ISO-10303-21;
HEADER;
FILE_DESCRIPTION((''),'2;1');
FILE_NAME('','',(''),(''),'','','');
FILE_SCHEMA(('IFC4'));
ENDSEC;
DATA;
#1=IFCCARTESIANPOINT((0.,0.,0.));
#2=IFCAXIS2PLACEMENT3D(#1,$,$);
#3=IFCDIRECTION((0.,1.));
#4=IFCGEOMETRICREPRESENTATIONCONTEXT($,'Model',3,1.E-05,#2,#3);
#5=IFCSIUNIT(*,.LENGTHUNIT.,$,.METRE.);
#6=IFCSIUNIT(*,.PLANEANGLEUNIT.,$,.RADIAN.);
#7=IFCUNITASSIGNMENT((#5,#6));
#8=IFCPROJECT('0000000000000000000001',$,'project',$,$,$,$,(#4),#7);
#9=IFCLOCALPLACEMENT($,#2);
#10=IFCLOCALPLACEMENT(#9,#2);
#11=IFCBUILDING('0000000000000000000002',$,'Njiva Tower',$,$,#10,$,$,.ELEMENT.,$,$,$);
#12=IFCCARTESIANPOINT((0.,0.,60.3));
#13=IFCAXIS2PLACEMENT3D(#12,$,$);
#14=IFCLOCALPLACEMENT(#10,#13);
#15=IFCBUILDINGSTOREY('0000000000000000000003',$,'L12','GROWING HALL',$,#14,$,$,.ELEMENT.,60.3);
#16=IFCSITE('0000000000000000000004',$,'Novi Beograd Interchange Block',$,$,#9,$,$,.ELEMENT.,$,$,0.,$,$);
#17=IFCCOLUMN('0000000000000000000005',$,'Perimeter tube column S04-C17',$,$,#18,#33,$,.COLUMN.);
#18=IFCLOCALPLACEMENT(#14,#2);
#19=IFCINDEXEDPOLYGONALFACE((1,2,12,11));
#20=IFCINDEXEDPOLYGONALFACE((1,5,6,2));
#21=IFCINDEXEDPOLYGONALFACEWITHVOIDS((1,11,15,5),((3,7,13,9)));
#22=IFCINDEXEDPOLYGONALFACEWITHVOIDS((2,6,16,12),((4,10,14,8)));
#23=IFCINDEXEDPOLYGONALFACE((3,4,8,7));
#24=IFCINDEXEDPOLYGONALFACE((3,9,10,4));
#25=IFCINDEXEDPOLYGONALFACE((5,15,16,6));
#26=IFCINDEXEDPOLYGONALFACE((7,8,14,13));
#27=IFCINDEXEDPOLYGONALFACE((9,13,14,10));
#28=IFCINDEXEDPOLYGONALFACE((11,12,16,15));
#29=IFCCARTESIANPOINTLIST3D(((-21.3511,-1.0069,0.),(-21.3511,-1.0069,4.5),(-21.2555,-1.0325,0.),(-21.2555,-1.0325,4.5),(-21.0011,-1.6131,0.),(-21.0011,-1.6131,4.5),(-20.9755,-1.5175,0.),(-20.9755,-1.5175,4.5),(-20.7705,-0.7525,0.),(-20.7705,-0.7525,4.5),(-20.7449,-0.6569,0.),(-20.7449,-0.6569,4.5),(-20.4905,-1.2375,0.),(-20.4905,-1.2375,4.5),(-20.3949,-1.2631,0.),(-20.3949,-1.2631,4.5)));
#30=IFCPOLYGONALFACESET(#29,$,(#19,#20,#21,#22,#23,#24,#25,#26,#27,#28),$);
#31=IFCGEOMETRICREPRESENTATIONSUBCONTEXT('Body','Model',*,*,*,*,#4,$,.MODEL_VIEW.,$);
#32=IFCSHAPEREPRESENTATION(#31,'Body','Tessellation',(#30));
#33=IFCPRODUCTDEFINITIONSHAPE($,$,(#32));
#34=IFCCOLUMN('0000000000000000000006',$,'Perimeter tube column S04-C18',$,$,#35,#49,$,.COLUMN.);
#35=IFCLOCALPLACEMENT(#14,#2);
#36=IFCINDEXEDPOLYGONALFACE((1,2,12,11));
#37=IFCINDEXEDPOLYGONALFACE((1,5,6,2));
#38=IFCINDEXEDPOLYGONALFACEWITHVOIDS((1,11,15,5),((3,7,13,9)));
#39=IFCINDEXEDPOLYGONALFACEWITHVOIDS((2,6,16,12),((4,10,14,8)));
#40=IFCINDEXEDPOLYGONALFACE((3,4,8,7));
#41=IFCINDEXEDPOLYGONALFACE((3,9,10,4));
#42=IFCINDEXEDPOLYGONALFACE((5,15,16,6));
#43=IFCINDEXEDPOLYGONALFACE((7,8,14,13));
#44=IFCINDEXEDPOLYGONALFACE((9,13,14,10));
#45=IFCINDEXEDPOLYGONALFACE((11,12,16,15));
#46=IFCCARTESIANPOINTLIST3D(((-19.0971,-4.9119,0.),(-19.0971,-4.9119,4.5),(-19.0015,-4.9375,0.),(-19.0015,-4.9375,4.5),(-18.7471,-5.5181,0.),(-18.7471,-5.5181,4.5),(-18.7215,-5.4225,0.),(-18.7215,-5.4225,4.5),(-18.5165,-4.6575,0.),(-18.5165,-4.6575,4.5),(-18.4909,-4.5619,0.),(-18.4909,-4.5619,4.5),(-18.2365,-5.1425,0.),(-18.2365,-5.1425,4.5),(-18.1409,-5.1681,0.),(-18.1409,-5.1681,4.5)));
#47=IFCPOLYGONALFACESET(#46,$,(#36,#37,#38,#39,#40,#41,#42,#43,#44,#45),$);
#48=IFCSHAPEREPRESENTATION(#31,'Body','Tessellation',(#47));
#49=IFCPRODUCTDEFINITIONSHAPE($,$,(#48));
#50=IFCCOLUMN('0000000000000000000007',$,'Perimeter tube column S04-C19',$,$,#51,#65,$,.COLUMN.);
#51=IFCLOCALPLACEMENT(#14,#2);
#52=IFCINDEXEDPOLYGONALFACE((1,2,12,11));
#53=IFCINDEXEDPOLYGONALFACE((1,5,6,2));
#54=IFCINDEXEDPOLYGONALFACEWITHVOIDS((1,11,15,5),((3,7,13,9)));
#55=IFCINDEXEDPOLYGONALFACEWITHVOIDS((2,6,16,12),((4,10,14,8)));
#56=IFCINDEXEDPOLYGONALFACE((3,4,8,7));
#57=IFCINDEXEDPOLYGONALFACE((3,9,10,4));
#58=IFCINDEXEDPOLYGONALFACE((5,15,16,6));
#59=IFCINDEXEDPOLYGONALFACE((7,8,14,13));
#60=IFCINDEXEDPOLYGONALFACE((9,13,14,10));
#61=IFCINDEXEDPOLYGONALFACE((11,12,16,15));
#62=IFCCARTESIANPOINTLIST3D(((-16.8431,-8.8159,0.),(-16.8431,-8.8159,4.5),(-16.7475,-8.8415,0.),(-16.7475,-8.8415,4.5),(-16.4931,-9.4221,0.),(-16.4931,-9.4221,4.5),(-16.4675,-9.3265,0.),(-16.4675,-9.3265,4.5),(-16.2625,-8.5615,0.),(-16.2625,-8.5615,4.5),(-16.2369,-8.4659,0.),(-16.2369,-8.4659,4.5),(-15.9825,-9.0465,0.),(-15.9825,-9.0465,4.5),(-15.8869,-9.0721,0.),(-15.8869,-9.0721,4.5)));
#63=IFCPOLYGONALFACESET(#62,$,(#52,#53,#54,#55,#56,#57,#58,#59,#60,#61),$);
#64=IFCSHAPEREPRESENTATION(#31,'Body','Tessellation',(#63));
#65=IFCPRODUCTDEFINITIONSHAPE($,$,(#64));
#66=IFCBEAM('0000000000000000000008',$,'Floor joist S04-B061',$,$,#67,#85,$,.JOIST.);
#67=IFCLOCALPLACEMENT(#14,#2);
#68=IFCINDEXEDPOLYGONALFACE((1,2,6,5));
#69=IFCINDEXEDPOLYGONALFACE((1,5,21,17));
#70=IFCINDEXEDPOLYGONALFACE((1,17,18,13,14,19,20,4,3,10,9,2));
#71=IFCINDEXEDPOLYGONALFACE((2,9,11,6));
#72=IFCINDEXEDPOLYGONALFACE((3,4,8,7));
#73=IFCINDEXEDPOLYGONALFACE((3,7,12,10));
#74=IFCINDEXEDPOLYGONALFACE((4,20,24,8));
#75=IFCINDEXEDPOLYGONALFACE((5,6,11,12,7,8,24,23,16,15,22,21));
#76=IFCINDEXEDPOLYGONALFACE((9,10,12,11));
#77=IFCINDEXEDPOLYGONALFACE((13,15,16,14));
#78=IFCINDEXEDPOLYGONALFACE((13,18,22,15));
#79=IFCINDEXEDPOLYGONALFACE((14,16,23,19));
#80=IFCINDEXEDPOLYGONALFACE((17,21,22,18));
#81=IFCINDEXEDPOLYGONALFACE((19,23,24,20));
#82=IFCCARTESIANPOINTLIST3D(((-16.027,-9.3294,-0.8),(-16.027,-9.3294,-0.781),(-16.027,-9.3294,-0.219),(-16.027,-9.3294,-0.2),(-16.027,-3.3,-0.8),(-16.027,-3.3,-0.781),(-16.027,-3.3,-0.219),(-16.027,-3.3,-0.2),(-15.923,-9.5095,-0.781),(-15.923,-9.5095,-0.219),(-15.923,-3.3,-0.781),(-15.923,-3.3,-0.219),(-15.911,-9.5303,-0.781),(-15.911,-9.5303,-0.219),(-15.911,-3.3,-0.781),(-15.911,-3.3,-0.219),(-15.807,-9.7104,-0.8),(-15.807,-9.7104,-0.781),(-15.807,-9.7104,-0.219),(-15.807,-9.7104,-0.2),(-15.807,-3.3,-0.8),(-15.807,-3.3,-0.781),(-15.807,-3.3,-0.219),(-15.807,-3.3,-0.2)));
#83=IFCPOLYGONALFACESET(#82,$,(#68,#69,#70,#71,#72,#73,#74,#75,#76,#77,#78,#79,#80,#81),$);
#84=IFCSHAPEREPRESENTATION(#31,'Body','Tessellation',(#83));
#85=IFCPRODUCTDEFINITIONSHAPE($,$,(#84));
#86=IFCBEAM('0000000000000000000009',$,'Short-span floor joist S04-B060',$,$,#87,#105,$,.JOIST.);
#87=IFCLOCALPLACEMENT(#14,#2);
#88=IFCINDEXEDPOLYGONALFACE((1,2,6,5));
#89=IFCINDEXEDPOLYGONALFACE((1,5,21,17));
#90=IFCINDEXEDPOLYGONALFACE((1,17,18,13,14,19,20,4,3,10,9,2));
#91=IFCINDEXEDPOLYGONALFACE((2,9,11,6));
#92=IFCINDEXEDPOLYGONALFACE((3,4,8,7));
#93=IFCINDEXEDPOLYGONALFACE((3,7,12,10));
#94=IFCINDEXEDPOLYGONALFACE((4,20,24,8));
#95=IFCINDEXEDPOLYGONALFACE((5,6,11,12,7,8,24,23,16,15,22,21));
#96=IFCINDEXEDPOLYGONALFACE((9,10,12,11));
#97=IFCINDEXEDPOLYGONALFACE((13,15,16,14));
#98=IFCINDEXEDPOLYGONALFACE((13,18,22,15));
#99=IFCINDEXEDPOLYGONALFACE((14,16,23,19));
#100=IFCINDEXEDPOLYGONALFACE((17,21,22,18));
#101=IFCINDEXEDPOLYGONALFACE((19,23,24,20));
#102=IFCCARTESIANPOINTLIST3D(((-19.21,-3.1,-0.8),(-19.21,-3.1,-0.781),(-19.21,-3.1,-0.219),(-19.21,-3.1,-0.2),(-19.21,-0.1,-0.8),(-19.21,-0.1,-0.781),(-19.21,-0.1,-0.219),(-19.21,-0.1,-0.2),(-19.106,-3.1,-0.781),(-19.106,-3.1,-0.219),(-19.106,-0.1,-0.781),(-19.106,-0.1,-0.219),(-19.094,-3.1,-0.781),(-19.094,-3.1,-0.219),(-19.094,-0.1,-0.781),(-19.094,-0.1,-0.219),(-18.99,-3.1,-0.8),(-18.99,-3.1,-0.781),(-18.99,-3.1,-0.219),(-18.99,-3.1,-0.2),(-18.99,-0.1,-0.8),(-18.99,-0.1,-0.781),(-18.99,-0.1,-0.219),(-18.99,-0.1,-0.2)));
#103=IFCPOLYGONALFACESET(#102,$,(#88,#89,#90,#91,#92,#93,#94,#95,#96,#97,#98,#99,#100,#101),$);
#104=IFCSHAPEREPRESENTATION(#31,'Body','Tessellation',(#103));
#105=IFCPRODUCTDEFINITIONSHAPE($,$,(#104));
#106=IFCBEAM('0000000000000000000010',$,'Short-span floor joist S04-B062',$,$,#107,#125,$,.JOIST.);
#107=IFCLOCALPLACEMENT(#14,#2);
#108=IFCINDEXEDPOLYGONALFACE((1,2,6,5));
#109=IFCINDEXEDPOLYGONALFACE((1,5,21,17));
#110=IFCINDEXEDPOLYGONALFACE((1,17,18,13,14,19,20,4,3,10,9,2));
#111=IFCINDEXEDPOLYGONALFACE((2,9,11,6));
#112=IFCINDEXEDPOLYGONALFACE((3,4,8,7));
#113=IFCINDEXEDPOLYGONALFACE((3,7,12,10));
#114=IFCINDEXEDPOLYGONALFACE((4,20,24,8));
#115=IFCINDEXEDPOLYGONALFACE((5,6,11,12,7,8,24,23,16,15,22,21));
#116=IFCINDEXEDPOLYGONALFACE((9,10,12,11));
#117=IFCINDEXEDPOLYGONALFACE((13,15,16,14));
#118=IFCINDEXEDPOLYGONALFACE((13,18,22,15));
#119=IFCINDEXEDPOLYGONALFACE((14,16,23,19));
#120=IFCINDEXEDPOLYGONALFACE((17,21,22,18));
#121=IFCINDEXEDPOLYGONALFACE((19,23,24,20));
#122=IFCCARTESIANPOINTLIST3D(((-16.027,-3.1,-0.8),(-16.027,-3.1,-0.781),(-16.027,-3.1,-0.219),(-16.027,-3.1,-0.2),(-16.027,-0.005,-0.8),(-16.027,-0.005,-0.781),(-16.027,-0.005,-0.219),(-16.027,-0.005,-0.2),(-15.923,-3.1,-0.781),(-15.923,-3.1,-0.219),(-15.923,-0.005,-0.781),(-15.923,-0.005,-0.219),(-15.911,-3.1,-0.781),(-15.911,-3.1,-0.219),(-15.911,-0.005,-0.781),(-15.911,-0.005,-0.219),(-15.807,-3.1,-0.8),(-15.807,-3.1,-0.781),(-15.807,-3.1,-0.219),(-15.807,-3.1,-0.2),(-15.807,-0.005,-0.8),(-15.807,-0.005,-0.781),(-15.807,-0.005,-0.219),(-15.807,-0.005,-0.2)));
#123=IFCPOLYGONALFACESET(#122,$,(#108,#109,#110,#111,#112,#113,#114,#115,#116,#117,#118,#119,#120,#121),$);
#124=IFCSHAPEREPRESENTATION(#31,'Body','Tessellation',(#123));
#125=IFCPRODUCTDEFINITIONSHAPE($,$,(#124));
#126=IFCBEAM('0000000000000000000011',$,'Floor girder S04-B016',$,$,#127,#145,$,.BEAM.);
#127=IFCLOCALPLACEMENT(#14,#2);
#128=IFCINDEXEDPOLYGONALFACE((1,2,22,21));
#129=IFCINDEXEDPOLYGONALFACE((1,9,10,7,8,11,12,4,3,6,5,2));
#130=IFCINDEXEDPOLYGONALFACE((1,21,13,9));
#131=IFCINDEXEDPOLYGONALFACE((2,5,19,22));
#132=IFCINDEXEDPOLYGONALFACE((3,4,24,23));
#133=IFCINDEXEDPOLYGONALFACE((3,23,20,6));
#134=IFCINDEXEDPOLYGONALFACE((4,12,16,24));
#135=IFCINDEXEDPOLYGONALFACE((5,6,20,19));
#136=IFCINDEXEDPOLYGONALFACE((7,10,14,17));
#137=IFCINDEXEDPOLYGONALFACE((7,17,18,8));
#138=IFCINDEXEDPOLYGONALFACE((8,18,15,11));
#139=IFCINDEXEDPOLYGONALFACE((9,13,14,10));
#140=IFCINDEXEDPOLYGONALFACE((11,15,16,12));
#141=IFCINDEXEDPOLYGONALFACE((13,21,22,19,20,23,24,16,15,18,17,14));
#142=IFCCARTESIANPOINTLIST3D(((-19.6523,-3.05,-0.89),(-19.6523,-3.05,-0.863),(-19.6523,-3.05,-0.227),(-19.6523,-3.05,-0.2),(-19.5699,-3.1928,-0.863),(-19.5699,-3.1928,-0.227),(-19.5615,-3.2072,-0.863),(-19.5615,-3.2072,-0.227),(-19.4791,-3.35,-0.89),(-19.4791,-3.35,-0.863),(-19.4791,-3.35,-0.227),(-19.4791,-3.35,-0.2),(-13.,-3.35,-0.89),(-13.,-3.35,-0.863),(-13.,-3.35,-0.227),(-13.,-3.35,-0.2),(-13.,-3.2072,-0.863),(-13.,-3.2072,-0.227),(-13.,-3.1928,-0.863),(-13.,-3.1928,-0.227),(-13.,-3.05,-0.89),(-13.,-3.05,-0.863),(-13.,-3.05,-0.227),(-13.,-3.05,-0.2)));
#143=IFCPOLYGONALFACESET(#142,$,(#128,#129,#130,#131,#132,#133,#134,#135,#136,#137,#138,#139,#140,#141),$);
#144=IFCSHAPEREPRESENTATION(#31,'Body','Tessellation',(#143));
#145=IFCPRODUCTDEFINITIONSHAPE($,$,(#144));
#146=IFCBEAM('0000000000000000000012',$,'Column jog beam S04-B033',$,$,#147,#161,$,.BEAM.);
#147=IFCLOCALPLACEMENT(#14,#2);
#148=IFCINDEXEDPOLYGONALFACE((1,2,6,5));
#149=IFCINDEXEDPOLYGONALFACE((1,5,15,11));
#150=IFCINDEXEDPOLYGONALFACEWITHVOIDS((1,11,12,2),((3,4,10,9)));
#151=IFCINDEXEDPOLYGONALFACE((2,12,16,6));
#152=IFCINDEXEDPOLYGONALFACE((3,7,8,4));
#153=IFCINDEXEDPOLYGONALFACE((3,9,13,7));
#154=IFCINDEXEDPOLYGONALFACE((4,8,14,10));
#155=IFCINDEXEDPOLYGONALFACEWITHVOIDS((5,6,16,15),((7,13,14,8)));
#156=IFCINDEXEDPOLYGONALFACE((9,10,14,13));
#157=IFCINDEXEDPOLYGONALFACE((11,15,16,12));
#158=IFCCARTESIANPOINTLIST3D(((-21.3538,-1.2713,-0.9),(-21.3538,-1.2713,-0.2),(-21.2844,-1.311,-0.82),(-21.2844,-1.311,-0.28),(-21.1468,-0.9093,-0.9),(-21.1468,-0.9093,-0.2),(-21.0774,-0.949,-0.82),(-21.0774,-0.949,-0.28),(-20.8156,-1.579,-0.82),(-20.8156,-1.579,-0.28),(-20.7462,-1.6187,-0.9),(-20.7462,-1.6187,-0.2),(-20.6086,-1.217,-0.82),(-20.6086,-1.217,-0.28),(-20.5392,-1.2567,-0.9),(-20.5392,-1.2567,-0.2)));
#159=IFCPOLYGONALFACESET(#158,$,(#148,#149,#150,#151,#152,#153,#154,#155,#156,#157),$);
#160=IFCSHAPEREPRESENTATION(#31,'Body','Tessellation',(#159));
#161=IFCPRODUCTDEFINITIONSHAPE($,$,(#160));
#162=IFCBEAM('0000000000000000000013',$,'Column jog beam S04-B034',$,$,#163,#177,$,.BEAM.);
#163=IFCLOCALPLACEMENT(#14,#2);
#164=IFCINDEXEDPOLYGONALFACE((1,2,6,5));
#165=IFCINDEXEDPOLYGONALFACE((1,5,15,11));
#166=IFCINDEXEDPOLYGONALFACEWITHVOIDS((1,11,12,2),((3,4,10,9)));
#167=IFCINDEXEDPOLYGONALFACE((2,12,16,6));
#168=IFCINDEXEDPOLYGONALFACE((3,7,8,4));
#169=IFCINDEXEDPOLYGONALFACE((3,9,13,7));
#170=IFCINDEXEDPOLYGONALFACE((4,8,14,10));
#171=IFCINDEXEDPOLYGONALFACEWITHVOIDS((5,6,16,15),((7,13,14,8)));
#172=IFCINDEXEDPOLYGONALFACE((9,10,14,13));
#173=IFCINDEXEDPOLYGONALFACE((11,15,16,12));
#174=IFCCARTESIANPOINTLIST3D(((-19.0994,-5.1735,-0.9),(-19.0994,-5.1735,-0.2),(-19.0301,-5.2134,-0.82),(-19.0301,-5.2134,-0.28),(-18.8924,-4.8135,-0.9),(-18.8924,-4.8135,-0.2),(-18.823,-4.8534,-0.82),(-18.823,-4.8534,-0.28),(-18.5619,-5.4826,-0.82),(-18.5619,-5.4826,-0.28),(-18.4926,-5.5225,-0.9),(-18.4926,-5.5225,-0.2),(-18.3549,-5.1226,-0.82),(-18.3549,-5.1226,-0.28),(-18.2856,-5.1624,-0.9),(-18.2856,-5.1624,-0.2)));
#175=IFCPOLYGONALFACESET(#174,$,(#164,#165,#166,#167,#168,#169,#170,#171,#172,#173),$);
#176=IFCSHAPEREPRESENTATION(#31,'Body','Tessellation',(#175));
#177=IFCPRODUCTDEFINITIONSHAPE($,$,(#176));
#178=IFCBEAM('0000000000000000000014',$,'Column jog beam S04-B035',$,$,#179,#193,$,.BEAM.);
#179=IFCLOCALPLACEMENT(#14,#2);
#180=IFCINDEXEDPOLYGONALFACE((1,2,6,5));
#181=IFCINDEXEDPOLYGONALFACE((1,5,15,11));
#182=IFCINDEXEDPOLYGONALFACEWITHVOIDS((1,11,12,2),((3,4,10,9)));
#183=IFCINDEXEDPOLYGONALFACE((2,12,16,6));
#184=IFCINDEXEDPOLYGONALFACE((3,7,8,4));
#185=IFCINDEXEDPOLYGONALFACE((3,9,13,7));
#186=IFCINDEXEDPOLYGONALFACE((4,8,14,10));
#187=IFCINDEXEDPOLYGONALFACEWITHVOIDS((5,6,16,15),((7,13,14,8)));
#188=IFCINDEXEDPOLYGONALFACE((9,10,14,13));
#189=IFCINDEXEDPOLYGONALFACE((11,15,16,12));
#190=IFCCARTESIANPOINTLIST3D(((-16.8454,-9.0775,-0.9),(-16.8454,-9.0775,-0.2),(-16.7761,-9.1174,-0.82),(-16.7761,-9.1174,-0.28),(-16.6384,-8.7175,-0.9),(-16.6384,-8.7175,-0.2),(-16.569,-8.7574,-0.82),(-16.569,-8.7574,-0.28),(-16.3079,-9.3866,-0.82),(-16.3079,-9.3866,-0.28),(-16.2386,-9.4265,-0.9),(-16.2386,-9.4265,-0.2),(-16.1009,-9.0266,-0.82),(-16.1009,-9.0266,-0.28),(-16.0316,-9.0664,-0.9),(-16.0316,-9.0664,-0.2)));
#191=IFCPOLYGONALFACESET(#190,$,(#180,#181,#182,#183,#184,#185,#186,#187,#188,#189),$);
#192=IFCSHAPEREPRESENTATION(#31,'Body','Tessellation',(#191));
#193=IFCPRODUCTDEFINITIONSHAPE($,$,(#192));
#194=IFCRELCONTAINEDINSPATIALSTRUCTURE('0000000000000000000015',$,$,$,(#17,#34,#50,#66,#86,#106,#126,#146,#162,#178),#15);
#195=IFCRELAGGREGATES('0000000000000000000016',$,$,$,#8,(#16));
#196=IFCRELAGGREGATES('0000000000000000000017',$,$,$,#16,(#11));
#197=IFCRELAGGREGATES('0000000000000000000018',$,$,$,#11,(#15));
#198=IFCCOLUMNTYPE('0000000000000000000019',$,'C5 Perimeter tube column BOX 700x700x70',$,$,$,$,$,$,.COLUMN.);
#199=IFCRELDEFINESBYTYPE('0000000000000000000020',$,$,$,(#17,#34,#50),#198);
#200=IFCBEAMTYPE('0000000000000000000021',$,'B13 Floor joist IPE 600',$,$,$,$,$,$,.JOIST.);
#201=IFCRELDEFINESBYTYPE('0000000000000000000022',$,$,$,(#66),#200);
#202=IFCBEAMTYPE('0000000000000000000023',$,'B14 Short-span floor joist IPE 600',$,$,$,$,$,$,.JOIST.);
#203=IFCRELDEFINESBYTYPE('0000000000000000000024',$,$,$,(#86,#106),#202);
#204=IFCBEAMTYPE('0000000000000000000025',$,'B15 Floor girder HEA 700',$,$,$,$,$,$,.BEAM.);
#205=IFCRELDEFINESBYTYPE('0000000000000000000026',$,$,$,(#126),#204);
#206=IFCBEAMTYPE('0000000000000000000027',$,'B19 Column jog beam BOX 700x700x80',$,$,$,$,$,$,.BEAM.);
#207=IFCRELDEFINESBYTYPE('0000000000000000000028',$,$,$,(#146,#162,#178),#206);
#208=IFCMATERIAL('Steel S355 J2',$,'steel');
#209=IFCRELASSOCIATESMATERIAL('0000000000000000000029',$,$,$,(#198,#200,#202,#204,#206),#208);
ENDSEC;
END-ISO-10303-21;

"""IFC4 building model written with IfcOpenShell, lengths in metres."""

from ifc_helpers import new_model, si_unit, direction, frame, origin, origin_2d, place, context, subcontext, project, spatial, hollow_rectangle, i_section, extrude, clip, halfspace, material, material_profile, profile_set, type_object, element, save


model = new_model("IFC4")

# Units and contexts
model_context = context("Model", 3, precision=1e-05, world=origin(), true_north=direction((0.0, 1.0)))
body_context = subcontext(model_context, "Body", "Model", "MODEL_VIEW")
ifc_project = project(units=[si_unit("LENGTHUNIT", "METRE"), si_unit("PLANEANGLEUNIT", "RADIAN")], contexts=[model_context])

# Site, building, storey
site_placement = place(None, origin())
site = spatial("IfcSite", under=ifc_project, at=site_placement, Name="Novi Beograd Interchange Block", CompositionType="ELEMENT", RefElevation=0.0)
building_placement = place(site_placement, origin())
building = spatial("IfcBuilding", under=site, at=building_placement, Name="Njiva Tower", CompositionType="ELEMENT")
storey_placement = place(building_placement, frame((0.0, 0.0, 60.3)))
storey = spatial("IfcBuildingStorey", under=building, at=storey_placement, Name="L12", Description="GROWING HALL", CompositionType="ELEMENT", Elevation=60.3)

# Columns
ifc_material_1 = material(Name="Steel S355 J2", Category="steel")
ifc_material_profile_1 = material_profile(ifc_material_1, hollow_rectangle(XDim=0.7, YDim=0.7, WallThickness=0.07, at=origin_2d()), Name="BOX 700x700x70")
ifc_profile_set_1 = profile_set([ifc_material_profile_1], Name="Steel S355 J2")
column_type = type_object("IfcColumnType", Name="C5 Perimeter tube column BOX 700x700x70", PredefinedType="COLUMN", material=ifc_profile_set_1)
for number, where, z_axis, x_axis, name in (
    (1, (-20.873, -1.135, 0.0), (0.0, 0.0, 1.0), (0.5, -0.866025, 0.0), "Perimeter tube column S04-C17"),
    (2, (-18.619, -5.04, 0.0), (0.0, 0.0, 1.0), (0.5, -0.866025, 0.0), "Perimeter tube column S04-C18"),
    (3, (-16.365, -8.944, 0.0), (0.0, 0.0, 1.0), (0.5, -0.866025, 0.0), "Perimeter tube column S04-C19"),
):
    element("IfcColumn", number, at=place(storey_placement, frame(where, z_axis=z_axis, x_axis=x_axis)), inside=storey, type_object=column_type, Name=name, PredefinedType="COLUMN", context=body_context, shape_type="SweptSolid", body=[
        extrude(hollow_rectangle(XDim=0.7, YDim=0.7, WallThickness=0.07, at=origin_2d()), origin(), (0.0, 0.0, 1.0), 4.5),
    ])

# Beams
ifc_material_profile_2 = material_profile(ifc_material_1, i_section(OverallWidth=0.22, OverallDepth=0.6, WebThickness=0.012, FlangeThickness=0.019, at=origin_2d()), Name="IPE 600")
ifc_profile_set_2 = profile_set([ifc_material_profile_2], Name="Steel S355 J2")
beam_type_1 = type_object("IfcBeamType", Name="B13 Floor joist IPE 600", PredefinedType="JOIST", material=ifc_profile_set_2)
beam_1_placement = place(storey_placement, frame((-15.917, -3.3, -0.5), z_axis=(0.0, -1.0, 0.0), x_axis=(1.0, 0.0, 0.0)))
element("IfcBeam", 4, at=beam_1_placement, inside=storey, type_object=beam_type_1, Name="Floor joist S04-B061", PredefinedType="JOIST", context=body_context, shape_type="Clipping", body=[
    clip(extrude(i_section(OverallWidth=0.22, OverallDepth=0.6, WebThickness=0.012, FlangeThickness=0.019, at=origin_2d()), origin(), (0.0, 0.0, 1.0), 6.431), halfspace(frame((-0.043, 0.0, 6.1454), z_axis=(-0.866027, 0.0, 0.499998), x_axis=(0.0, 1.0, 0.0)), False)),
])
ifc_material_profile_3 = material_profile(ifc_material_1, i_section(OverallWidth=0.22, OverallDepth=0.6, WebThickness=0.012, FlangeThickness=0.019, at=origin_2d()), Name="IPE 600")
ifc_profile_set_3 = profile_set([ifc_material_profile_3], Name="Steel S355 J2")
beam_type_2 = type_object("IfcBeamType", Name="B14 Short-span floor joist IPE 600", PredefinedType="JOIST", material=ifc_profile_set_3)
beam_2_placement = place(storey_placement, frame((-19.1, -0.1, -0.5), z_axis=(0.0, -1.0, 0.0), x_axis=(1.0, 0.0, 0.0)))
element("IfcBeam", 5, at=beam_2_placement, inside=storey, type_object=beam_type_2, Name="Short-span floor joist S04-B060", PredefinedType="JOIST", context=body_context, shape_type="SweptSolid", body=[
    extrude(i_section(OverallWidth=0.22, OverallDepth=0.6, WebThickness=0.012, FlangeThickness=0.019, at=origin_2d()), origin(), (0.0, 0.0, 1.0), 3.0),
])
beam_3_placement = place(storey_placement, frame((-15.917, -0.005, -0.5), z_axis=(0.0, -1.0, 0.0), x_axis=(1.0, 0.0, 0.0)))
element("IfcBeam", 6, at=beam_3_placement, inside=storey, type_object=beam_type_2, Name="Short-span floor joist S04-B062", PredefinedType="JOIST", context=body_context, shape_type="SweptSolid", body=[
    extrude(i_section(OverallWidth=0.22, OverallDepth=0.6, WebThickness=0.012, FlangeThickness=0.019, at=origin_2d()), origin(), (0.0, 0.0, 1.0), 3.095),
])
ifc_material_profile_4 = material_profile(ifc_material_1, i_section(OverallWidth=0.3, OverallDepth=0.69, WebThickness=0.0145, FlangeThickness=0.027, at=origin_2d()), Name="HEA 700")
ifc_profile_set_4 = profile_set([ifc_material_profile_4], Name="Steel S355 J2")
beam_type_3 = type_object("IfcBeamType", Name="B15 Floor girder HEA 700", PredefinedType="BEAM", material=ifc_profile_set_4)
beam_4_placement = place(storey_placement, frame((-19.673, -3.2, -0.545), z_axis=(1.0, 0.0, 0.0), x_axis=(0.0, 1.0, 0.0)))
element("IfcBeam", 7, at=beam_4_placement, inside=storey, type_object=beam_type_3, Name="Floor girder S04-B016", PredefinedType="BEAM", context=body_context, shape_type="Clipping", body=[
    clip(extrude(i_section(OverallWidth=0.3, OverallDepth=0.69, WebThickness=0.0145, FlangeThickness=0.027, at=origin_2d()), origin(), (0.0, 0.0, 1.0), 6.673), halfspace(frame((-0.025, 0.0, 0.1217), z_axis=(-0.499998, 0.0, -0.866027), x_axis=(0.0, -1.0, 0.0)), False)),
])
ifc_material_profile_5 = material_profile(ifc_material_1, hollow_rectangle(XDim=0.7, YDim=0.7, WallThickness=0.08, at=origin_2d()), Name="BOX 700x700x80")
ifc_profile_set_5 = profile_set([ifc_material_profile_5], Name="Steel S355 J2")
beam_type_4 = type_object("IfcBeamType", Name="B19 Column jog beam BOX 700x700x80", PredefinedType="BEAM", material=ifc_profile_set_5)
beam_5_placement = place(storey_placement, frame((-21.05, -1.445, -0.55), z_axis=(0.496397, 0.868096, 0.0), x_axis=(-0.868096, 0.496397, 0.0)))
element("IfcBeam", 8, at=beam_5_placement, inside=storey, type_object=beam_type_4, Name="Column jog beam S04-B033", PredefinedType="BEAM", context=body_context, shape_type="SweptSolid", body=[
    extrude(hollow_rectangle(XDim=0.7, YDim=0.7, WallThickness=0.08, at=origin_2d()), origin(), (0.0, 0.0, 1.0), 0.417),
])
for number, where, z_axis, x_axis, name in (
    (9, (-18.796, -5.348, -0.55), (0.498471, 0.866906, 0.0), (-0.866906, 0.498471, 0.0), "Column jog beam S04-B034"),
    (10, (-16.542, -9.252, -0.55), (0.498471, 0.866906, 0.0), (-0.866906, 0.498471, 0.0), "Column jog beam S04-B035"),
):
    element("IfcBeam", number, at=place(storey_placement, frame(where, z_axis=z_axis, x_axis=x_axis)), inside=storey, type_object=beam_type_4, Name=name, PredefinedType="BEAM", context=body_context, shape_type="SweptSolid", body=[
        extrude(hollow_rectangle(XDim=0.7, YDim=0.7, WallThickness=0.08, at=origin_2d()), origin(), (0.0, 0.0, 1.0), 0.4153),
    ])

save(model, "model.ifc")
